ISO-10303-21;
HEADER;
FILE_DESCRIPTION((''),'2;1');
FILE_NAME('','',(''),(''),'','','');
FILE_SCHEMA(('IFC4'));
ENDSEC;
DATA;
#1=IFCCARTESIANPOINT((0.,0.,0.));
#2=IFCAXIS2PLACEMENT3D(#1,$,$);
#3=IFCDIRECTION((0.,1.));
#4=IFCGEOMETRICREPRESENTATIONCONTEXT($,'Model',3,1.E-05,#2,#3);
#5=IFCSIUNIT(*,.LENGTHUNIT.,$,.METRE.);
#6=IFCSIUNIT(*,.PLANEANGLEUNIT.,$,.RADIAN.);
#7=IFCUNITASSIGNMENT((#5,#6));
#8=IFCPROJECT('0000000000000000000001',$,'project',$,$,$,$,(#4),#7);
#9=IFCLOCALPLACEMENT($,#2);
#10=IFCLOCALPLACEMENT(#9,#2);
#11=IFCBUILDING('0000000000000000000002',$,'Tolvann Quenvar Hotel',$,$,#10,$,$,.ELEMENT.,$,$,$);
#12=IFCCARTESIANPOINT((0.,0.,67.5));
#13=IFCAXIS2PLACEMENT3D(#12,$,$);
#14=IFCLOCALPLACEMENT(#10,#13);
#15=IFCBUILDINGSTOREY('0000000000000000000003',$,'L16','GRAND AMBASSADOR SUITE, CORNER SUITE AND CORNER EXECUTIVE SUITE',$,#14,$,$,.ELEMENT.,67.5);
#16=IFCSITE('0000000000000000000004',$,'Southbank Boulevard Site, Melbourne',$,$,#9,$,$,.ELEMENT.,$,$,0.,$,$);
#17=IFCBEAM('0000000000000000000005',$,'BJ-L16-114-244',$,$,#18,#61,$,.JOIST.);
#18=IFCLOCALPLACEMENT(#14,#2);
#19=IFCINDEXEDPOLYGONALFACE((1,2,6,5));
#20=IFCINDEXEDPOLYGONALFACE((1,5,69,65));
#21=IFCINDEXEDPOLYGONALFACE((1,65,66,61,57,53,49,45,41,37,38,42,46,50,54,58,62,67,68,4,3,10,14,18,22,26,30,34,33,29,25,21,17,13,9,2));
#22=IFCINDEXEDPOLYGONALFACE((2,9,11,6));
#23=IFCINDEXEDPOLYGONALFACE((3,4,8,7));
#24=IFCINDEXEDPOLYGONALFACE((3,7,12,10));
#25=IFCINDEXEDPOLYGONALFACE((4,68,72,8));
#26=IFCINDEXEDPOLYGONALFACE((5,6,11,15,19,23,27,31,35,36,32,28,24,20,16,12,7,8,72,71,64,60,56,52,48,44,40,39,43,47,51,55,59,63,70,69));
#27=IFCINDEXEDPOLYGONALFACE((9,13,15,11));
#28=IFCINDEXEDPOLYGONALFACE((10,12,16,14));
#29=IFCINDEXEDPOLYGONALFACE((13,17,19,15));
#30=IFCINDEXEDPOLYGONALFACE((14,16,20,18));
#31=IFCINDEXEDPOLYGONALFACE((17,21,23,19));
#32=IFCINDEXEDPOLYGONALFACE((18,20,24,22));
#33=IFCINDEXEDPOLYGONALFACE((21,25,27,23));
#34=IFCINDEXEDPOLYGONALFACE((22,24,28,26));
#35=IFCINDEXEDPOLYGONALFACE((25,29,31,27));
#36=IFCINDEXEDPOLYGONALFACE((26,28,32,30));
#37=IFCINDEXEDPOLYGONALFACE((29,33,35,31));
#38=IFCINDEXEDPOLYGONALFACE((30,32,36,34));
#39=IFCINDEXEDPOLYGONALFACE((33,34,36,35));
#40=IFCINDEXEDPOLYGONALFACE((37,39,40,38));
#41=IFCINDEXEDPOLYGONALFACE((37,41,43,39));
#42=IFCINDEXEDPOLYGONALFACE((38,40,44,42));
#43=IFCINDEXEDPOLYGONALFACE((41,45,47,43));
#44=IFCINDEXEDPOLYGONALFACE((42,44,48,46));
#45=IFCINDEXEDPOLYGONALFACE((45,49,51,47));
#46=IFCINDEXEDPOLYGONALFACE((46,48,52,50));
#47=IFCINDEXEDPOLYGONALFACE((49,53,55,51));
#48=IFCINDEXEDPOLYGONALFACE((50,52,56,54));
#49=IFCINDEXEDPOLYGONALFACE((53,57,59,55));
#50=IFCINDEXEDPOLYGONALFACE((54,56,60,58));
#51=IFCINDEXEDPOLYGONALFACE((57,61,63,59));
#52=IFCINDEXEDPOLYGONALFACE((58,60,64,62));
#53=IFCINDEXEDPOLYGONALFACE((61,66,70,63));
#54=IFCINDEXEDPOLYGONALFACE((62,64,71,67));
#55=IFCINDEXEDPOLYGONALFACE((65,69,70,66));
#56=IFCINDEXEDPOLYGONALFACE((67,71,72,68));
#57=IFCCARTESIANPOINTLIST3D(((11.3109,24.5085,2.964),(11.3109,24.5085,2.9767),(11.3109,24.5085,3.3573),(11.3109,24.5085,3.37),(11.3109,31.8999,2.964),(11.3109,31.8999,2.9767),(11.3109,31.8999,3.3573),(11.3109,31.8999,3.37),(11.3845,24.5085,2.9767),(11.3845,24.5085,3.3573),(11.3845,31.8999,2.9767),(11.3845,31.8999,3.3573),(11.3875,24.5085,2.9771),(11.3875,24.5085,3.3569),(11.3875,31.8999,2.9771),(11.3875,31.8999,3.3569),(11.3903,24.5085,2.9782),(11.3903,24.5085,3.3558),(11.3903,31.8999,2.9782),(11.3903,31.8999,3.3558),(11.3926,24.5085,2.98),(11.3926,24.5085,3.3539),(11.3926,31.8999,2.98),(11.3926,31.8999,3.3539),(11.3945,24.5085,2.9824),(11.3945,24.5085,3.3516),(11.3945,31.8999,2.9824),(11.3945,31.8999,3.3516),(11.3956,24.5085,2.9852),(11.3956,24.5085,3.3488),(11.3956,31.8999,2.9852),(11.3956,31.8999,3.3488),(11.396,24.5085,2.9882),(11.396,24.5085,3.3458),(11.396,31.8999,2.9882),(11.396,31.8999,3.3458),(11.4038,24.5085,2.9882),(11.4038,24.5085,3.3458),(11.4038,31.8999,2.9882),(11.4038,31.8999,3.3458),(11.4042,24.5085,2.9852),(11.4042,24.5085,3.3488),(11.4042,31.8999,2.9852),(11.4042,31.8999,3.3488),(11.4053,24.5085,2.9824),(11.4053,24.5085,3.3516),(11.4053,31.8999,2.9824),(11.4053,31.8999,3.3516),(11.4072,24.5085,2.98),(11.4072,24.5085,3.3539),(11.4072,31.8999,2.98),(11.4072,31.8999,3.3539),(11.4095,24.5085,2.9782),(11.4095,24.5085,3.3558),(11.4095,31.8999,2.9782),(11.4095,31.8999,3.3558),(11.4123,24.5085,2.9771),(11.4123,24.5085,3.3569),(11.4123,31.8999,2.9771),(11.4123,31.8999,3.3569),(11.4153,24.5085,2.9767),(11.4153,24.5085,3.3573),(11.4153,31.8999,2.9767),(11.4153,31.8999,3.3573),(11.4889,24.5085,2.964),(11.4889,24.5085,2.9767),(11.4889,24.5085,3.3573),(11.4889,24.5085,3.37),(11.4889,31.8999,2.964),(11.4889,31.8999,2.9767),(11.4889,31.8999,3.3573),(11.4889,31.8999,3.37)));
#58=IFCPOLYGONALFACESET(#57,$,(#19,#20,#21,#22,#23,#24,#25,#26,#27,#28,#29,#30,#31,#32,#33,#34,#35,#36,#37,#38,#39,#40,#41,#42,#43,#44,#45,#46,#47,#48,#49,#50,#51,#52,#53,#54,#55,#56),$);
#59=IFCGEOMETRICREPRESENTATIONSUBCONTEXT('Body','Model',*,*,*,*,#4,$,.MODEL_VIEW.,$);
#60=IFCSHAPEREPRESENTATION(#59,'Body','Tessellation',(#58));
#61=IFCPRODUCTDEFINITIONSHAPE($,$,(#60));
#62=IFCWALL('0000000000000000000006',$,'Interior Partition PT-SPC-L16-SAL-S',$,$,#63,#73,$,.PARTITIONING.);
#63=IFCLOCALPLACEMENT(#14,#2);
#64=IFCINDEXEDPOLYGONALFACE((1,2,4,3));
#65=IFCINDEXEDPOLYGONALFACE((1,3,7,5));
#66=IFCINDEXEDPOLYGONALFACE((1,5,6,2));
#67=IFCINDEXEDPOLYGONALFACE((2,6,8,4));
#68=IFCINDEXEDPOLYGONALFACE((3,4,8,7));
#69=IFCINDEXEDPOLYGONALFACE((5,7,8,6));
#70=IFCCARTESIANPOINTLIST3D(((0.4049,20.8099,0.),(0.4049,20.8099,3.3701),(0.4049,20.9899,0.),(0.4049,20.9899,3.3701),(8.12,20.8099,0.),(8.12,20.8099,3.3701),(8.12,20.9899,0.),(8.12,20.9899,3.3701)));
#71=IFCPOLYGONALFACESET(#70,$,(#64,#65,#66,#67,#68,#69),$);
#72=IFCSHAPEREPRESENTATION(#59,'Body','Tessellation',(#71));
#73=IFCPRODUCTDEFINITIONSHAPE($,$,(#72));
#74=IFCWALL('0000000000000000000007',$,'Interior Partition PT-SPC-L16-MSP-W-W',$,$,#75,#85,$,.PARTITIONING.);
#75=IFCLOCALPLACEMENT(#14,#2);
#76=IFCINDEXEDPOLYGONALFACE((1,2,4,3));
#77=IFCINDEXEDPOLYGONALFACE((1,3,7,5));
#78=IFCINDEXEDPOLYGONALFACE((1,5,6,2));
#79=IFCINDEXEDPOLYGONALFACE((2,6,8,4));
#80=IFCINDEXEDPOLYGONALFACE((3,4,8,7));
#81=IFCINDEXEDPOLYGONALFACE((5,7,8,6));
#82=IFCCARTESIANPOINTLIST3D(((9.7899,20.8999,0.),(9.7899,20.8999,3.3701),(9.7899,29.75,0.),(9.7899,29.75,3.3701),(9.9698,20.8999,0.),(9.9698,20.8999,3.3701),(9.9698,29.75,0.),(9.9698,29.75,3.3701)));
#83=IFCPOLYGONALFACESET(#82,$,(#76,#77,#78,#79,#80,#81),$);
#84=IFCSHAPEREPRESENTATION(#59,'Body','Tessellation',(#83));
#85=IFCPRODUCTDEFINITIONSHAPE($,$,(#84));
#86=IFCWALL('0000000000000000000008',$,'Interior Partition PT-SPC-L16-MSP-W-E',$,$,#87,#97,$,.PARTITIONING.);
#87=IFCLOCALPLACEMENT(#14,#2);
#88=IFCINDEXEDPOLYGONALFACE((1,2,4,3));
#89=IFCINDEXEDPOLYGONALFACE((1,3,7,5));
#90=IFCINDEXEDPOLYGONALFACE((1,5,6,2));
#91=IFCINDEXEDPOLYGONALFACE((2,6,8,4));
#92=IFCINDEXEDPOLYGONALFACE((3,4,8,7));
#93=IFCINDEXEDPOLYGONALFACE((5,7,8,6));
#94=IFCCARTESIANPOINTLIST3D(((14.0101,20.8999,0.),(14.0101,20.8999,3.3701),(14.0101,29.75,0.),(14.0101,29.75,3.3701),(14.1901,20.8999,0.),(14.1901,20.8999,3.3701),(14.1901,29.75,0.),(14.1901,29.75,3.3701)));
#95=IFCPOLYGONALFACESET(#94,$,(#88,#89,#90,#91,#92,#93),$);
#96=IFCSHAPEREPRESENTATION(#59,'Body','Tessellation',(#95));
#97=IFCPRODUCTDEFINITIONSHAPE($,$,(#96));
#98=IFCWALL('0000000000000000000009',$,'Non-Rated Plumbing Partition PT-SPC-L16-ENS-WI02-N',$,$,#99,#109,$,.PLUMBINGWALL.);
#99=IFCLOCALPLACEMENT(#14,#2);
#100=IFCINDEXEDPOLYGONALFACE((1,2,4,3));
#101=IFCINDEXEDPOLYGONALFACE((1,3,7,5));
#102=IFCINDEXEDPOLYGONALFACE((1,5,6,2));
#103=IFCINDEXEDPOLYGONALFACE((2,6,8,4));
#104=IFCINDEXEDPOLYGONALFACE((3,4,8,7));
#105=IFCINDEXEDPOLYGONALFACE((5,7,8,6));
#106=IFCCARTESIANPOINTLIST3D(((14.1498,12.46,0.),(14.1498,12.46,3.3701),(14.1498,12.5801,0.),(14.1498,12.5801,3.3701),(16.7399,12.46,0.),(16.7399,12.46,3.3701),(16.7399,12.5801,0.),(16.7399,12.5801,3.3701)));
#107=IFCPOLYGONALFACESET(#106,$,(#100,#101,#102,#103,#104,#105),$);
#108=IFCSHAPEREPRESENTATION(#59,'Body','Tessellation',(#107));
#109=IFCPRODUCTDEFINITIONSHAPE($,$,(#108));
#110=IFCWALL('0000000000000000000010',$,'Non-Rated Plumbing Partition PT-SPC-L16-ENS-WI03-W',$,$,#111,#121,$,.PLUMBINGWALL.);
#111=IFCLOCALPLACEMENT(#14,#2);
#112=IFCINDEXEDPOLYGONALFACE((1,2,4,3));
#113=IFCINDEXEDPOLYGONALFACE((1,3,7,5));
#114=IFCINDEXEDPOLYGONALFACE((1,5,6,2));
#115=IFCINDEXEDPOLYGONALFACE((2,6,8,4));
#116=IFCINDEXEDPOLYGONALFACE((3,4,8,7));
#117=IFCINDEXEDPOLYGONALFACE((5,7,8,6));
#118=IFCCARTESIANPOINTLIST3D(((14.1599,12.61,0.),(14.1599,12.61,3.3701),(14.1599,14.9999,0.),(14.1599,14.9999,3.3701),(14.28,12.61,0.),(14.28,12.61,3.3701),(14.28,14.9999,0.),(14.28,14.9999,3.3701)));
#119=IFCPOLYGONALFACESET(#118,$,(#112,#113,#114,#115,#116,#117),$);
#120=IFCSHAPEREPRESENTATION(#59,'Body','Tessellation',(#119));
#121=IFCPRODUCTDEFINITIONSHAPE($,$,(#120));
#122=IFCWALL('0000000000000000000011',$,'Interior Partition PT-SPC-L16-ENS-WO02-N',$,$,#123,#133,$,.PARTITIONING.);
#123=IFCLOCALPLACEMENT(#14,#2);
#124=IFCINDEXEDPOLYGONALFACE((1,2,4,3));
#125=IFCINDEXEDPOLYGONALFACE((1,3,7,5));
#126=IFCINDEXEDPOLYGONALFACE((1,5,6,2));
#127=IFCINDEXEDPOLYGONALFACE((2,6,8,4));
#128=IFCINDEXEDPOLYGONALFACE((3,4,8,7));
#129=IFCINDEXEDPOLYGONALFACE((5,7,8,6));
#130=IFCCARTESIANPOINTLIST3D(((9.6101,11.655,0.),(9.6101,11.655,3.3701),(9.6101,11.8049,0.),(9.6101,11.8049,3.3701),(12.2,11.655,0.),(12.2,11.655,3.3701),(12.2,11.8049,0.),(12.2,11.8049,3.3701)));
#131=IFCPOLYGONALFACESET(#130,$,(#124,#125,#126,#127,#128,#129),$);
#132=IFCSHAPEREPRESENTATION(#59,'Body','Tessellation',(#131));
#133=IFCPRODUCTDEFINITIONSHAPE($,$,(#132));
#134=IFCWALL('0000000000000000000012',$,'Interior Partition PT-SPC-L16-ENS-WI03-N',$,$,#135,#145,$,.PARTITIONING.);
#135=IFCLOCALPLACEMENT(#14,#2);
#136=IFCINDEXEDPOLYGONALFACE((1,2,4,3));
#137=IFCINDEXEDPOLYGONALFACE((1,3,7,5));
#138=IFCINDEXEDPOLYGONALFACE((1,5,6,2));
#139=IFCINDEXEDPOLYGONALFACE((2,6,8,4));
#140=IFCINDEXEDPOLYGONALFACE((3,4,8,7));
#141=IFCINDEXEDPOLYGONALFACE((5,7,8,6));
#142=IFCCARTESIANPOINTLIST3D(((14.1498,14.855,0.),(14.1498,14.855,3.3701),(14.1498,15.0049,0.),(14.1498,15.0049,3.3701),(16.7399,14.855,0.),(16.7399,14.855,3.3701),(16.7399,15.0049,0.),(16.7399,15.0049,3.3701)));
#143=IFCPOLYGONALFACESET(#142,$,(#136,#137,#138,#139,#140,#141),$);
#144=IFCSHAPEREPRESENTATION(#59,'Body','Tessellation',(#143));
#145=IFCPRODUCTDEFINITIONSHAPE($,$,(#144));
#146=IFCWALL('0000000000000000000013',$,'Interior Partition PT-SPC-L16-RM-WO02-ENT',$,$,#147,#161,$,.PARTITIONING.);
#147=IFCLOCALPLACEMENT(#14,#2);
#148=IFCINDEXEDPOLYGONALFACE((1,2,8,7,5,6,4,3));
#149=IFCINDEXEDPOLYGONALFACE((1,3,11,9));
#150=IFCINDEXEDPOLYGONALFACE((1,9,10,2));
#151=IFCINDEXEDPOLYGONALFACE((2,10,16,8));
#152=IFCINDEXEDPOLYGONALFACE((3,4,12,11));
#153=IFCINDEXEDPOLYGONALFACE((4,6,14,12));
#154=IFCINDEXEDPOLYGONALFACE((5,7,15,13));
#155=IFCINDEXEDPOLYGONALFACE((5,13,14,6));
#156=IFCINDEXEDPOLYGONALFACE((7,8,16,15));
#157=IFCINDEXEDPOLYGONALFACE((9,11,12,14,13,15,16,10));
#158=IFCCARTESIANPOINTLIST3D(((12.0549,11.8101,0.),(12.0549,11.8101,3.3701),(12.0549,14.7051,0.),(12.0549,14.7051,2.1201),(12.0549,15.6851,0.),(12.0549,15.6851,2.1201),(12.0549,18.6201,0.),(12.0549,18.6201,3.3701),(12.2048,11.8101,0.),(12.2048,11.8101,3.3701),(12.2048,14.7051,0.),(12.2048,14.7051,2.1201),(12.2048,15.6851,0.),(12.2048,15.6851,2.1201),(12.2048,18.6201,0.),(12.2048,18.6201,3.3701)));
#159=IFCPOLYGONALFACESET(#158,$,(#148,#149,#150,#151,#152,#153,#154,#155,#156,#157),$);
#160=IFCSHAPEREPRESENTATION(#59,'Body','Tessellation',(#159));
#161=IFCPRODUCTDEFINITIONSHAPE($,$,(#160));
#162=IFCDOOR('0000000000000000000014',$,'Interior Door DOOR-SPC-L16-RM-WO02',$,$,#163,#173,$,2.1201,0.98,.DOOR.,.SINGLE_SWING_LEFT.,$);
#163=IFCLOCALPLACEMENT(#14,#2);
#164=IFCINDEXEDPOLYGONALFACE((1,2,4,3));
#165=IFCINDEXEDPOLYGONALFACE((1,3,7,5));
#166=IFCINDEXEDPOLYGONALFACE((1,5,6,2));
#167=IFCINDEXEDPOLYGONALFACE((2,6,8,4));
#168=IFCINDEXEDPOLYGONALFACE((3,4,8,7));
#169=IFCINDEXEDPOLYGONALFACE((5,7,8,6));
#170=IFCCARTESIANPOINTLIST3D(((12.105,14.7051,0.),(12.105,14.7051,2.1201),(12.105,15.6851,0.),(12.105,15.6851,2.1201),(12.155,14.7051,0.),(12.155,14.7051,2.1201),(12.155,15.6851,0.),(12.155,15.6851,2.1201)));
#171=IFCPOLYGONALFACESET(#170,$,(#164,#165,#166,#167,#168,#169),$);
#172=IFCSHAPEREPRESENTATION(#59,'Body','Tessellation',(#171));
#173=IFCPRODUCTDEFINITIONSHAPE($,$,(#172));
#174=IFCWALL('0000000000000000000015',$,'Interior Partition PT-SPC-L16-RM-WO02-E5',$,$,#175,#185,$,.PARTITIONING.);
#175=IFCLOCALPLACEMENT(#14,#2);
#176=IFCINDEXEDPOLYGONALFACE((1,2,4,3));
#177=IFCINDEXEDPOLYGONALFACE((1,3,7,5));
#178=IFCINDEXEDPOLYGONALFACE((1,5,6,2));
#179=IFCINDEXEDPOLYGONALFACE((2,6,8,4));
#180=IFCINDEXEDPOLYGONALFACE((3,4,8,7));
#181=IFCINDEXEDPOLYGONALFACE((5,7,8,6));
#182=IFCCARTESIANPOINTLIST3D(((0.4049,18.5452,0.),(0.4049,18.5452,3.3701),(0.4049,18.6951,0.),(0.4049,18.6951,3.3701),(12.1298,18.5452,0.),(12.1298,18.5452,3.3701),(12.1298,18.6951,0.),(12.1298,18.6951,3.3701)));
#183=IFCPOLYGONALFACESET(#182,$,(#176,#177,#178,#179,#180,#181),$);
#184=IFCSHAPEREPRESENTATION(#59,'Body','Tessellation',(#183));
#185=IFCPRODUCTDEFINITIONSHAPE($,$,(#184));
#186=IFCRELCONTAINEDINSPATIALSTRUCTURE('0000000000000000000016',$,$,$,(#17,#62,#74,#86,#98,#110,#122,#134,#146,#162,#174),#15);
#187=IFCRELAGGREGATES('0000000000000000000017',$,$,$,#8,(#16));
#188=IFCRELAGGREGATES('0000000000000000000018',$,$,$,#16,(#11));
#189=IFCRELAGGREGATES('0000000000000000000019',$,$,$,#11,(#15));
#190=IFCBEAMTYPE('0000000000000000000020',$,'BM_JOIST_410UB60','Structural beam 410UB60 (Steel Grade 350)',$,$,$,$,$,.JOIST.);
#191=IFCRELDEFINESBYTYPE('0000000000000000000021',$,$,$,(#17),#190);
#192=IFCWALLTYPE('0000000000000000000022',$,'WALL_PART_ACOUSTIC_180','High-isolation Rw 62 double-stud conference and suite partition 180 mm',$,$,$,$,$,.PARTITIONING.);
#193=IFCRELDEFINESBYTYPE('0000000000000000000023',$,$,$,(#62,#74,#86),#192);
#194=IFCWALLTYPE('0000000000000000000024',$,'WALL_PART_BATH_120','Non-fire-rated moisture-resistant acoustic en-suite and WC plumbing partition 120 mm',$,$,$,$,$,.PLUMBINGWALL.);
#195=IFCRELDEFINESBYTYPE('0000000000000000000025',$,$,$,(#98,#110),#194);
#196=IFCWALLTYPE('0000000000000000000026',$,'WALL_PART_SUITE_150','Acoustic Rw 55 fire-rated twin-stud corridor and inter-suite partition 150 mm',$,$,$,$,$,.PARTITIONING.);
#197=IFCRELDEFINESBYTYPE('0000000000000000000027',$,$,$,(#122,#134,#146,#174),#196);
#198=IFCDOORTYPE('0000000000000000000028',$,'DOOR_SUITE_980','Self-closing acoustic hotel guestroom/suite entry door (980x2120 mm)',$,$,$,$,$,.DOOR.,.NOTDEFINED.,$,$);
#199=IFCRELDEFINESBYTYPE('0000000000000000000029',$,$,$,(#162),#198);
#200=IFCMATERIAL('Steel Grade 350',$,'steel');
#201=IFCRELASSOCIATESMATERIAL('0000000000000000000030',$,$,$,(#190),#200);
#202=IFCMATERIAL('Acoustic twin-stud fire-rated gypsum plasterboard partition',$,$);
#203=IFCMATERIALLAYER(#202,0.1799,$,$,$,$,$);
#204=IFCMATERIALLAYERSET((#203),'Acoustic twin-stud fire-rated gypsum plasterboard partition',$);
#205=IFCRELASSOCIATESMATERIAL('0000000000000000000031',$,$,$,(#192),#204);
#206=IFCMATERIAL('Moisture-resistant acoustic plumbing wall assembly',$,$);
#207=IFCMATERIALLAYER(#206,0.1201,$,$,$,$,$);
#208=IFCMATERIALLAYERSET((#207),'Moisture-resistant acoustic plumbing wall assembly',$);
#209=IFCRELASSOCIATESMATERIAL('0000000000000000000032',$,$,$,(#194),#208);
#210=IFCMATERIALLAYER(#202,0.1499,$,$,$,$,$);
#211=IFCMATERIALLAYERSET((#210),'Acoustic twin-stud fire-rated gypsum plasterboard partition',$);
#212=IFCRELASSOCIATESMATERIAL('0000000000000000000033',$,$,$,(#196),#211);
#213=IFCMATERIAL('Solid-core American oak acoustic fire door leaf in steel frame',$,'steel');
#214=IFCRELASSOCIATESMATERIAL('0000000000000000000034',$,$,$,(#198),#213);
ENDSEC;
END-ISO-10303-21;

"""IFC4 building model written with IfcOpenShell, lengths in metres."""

from ifc_helpers import new_model, si_unit, direction, frame, frame_2d, origin, origin_2d, place, context, subcontext, project, spatial, rectangle, i_section, extrude, source, transform, mapped, material, layer, layer_set, material_profile, profile_set, type_object, type_shapes, element, fill, save


model = new_model("IFC4")

# Units and contexts
model_context = context("Model", 3, precision=1e-05, world=origin(), true_north=direction((0.0, 1.0)))
body_context = subcontext(model_context, "Body", "Model", "MODEL_VIEW")
ifc_project = project(units=[si_unit("LENGTHUNIT", "METRE"), si_unit("PLANEANGLEUNIT", "RADIAN")], contexts=[model_context])

# Site, building, storey
site_placement = place(None, origin())
site = spatial("IfcSite", under=ifc_project, at=site_placement, Name="Southbank Boulevard Site, Melbourne", CompositionType="ELEMENT", RefElevation=0.0)
building_placement = place(site_placement, origin())
building = spatial("IfcBuilding", under=site, at=building_placement, Name="Tolvann Quenvar Hotel", CompositionType="ELEMENT")
storey_placement = place(building_placement, frame((0.0, 0.0, 67.5)))
storey = spatial("IfcBuildingStorey", under=building, at=storey_placement, Name="L16", Description="GRAND AMBASSADOR SUITE, CORNER SUITE AND CORNER EXECUTIVE SUITE", CompositionType="ELEMENT", Elevation=67.5)

# Shared definitions
ifc_material_1 = material(Name="Steel Grade 350", Category="steel")

# Beam
ifc_material_profile_1 = material_profile(ifc_material_1, i_section(OverallWidth=0.178, OverallDepth=0.406, WebThickness=0.0078, FlangeThickness=0.0127, FilletRadius=0.0115, at=origin_2d()), Name="410UB60")
ifc_profile_set_1 = profile_set([ifc_material_profile_1], Name="Steel Grade 350")
beam_type_1 = type_object("IfcBeamType", Name="BM_JOIST_410UB60", Description="Structural beam 410UB60 (Steel Grade 350)", PredefinedType="JOIST", material=ifc_profile_set_1)
shared_shape_1 = source(origin(), body_context, "Body", "SweptSolid", [
    extrude(i_section(OverallWidth=0.178, OverallDepth=0.406, WebThickness=0.0078, FlangeThickness=0.0127, FilletRadius=0.0115, at=origin_2d()), origin(), (0.0, 0.0, 1.0), 7.3914),
])
beam_1_placement = place(storey_placement, frame((11.3999, 24.5085, 3.167), z_axis=(0.0, 1.0, 0.0), x_axis=(-1.0, 0.0, 0.0)))
element("IfcBeam", 1, at=beam_1_placement, inside=storey, type_object=beam_type_1, Name="BJ-L16-114-244", PredefinedType="JOIST", context=body_context, shape_type="MappedRepresentation", body=[
    mapped(shared_shape_1, transform((0.0, 0.0, 0.0), x_axis=(1.0, 0.0, 0.0), y_axis=(0.0, 1.0, 0.0), z_axis=(0.0, 0.0, 1.0), scale=1.0)),
])

# Shared definitions
ifc_material_2 = material(Name="Acoustic twin-stud fire-rated gypsum plasterboard partition")
ifc_layer_1 = layer(ifc_material_2, 0.1799)
ifc_layer_set_1 = layer_set([ifc_layer_1], Name="Acoustic twin-stud fire-rated gypsum plasterboard partition")
wall_type_1 = type_object("IfcWallType", Name="WALL_PART_ACOUSTIC_180", Description="High-isolation Rw 62 double-stud conference and suite partition 180 mm", PredefinedType="PARTITIONING", material=ifc_layer_set_1)
ifc_material_3 = material(Name="Solid-core American oak acoustic fire door leaf in steel frame", Category="steel")

# Wall
wall_1_placement = place(storey_placement, frame((0.405, 20.8999, 0.0), z_axis=(0.0, 0.0, 1.0), x_axis=(1.0, 0.0, 0.0)))
element("IfcWall", 2, at=wall_1_placement, inside=storey, type_object=wall_type_1, Name="Interior Partition PT-SPC-L16-SAL-S", PredefinedType="PARTITIONING", context=body_context, shape_type="SweptSolid", body=[
    extrude(rectangle(XDim=7.7151, YDim=0.1799, at=frame_2d((3.8574, 0.0))), origin(), (0.0, 0.0, 1.0), 3.3701),
])

# Walls
for number, where, z_axis, x_axis, name in (
    (3, (9.8799, 20.8999, 0.0), (0.0, 0.0, 1.0), (0.0, 1.0, 0.0), "Interior Partition PT-SPC-L16-MSP-W-W"),
    (4, (14.1001, 20.8999, 0.0), (0.0, 0.0, 1.0), (0.0, 1.0, 0.0), "Interior Partition PT-SPC-L16-MSP-W-E"),
):
    element("IfcWall", number, at=place(storey_placement, frame(where, z_axis=z_axis, x_axis=x_axis)), inside=storey, type_object=wall_type_1, Name=name, PredefinedType="PARTITIONING", context=body_context, shape_type="SweptSolid", body=[
        extrude(rectangle(XDim=8.8501, YDim=0.1799, at=frame_2d((4.425, 0.0))), origin(), (0.0, 0.0, 1.0), 3.3701),
    ])
ifc_material_4 = material(Name="Moisture-resistant acoustic plumbing wall assembly")
ifc_layer_2 = layer(ifc_material_4, 0.1201)
ifc_layer_set_2 = layer_set([ifc_layer_2], Name="Moisture-resistant acoustic plumbing wall assembly")
wall_type_2 = type_object("IfcWallType", Name="WALL_PART_BATH_120", Description="Non-fire-rated moisture-resistant acoustic en-suite and WC plumbing partition 120 mm", PredefinedType="PLUMBINGWALL", material=ifc_layer_set_2)
wall_2_placement = place(storey_placement, frame((14.1499, 12.52, 0.0), z_axis=(0.0, 0.0, 1.0), x_axis=(1.0, 0.0, 0.0)))
element("IfcWall", 5, at=wall_2_placement, inside=storey, type_object=wall_type_2, Name="Non-Rated Plumbing Partition PT-SPC-L16-ENS-WI02-N", PredefinedType="PLUMBINGWALL", context=body_context, shape_type="SweptSolid", body=[
    extrude(rectangle(XDim=2.5901, YDim=0.1201, at=frame_2d((1.2949, 0.0))), origin(), (0.0, 0.0, 1.0), 3.3701),
])
wall_3_placement = place(storey_placement, frame((14.22, 12.6101, 0.0), z_axis=(0.0, 0.0, 1.0), x_axis=(0.0, 1.0, 0.0)))
element("IfcWall", 6, at=wall_3_placement, inside=storey, type_object=wall_type_2, Name="Non-Rated Plumbing Partition PT-SPC-L16-ENS-WI03-W", PredefinedType="PLUMBINGWALL", context=body_context, shape_type="SweptSolid", body=[
    extrude(rectangle(XDim=2.3899, YDim=0.1201, at=frame_2d((1.1948, 0.0))), origin(), (0.0, 0.0, 1.0), 3.3701),
])
ifc_layer_3 = layer(ifc_material_2, 0.1499)
ifc_layer_set_3 = layer_set([ifc_layer_3], Name="Acoustic twin-stud fire-rated gypsum plasterboard partition")
wall_type_3 = type_object("IfcWallType", Name="WALL_PART_SUITE_150", Description="Acoustic Rw 55 fire-rated twin-stud corridor and inter-suite partition 150 mm", PredefinedType="PARTITIONING", material=ifc_layer_set_3)
wall_4_placement = place(storey_placement, frame((9.6101, 11.73, 0.0), z_axis=(0.0, 0.0, 1.0), x_axis=(1.0, 0.0, 0.0)))
element("IfcWall", 7, at=wall_4_placement, inside=storey, type_object=wall_type_3, Name="Interior Partition PT-SPC-L16-ENS-WO02-N", PredefinedType="PARTITIONING", context=body_context, shape_type="SweptSolid", body=[
    extrude(rectangle(XDim=2.5898, YDim=0.1499, at=frame_2d((1.2949, 0.0))), origin(), (0.0, 0.0, 1.0), 3.3701),
])
wall_5_placement = place(storey_placement, frame((14.1499, 14.9299, 0.0), z_axis=(0.0, 0.0, 1.0), x_axis=(1.0, 0.0, 0.0)))
element("IfcWall", 8, at=wall_5_placement, inside=storey, type_object=wall_type_3, Name="Interior Partition PT-SPC-L16-ENS-WI03-N", PredefinedType="PARTITIONING", context=body_context, shape_type="SweptSolid", body=[
    extrude(rectangle(XDim=2.5901, YDim=0.1499, at=frame_2d((1.2949, 0.0))), origin(), (0.0, 0.0, 1.0), 3.3701),
])

# Wall, opening, door
wall_6_placement = place(storey_placement, frame((12.1299, 11.8101, 0.0), z_axis=(0.0, 0.0, 1.0), x_axis=(0.0, 1.0, 0.0)))
wall_6 = element("IfcWall", 9, at=wall_6_placement, inside=storey, type_object=wall_type_3, Name="Interior Partition PT-SPC-L16-RM-WO02-ENT", PredefinedType="PARTITIONING", context=body_context, shape_type="SweptSolid", body=[
    extrude(rectangle(XDim=6.8101, YDim=0.1499, at=frame_2d((3.405, 0.0))), origin(), (0.0, 0.0, 1.0), 3.3701),
])
opening_1_placement = place(wall_6_placement, frame((2.895, 0.0, 0.0)))
opening_1 = element("IfcOpeningElement", 10, at=opening_1_placement, cuts=wall_6, PredefinedType="OPENING", context=body_context, shape_type="SweptSolid", body=[
    extrude(rectangle(XDim=0.98, YDim=2.1201, at=frame_2d((0.49, 1.0601))), frame((0.0, 0.085, 0.0), z_axis=(0.0, -1.0, 0.0), x_axis=(1.0, 0.0, 0.0)), (0.0, 0.0, 1.0), 0.1699),
])
door_type_1 = type_object("IfcDoorType", Name="DOOR_SUITE_980", Description="Self-closing acoustic hotel guestroom/suite entry door (980x2120 mm)", OperationType="NOTDEFINED", PredefinedType="DOOR", material=ifc_material_3)
shared_shape_2 = source(origin(), body_context, "Body", "SweptSolid", [
    extrude(rectangle(XDim=0.98, YDim=2.1201, at=frame_2d((0.49, 1.0601))), frame((0.0, 0.0249, 0.0), z_axis=(0.0, -1.0, 0.0), x_axis=(1.0, 0.0, 0.0)), (0.0, 0.0, 1.0), 0.05),
])
type_shapes(door_type_1, [shared_shape_2])
door_1_placement = place(opening_1_placement, origin())
door_1 = element("IfcDoor", 11, at=door_1_placement, inside=storey, type_object=door_type_1, Name="Interior Door DOOR-SPC-L16-RM-WO02", OperationType="SINGLE_SWING_LEFT", OverallHeight=2.1201, OverallWidth=0.98, PredefinedType="DOOR", context=body_context, shape_type="MappedRepresentation", body=[
    mapped(shared_shape_2, transform((0.0, 0.0, 0.0), x_axis=(1.0, 0.0, 0.0), y_axis=(0.0, 1.0, 0.0), z_axis=(0.0, 0.0, 1.0), scale=1.0)),
])
fill(opening_1, door_1)

# Wall
wall_7_placement = place(storey_placement, frame((0.405, 18.6201, 0.0), z_axis=(0.0, 0.0, 1.0), x_axis=(1.0, 0.0, 0.0)))
element("IfcWall", 12, at=wall_7_placement, inside=storey, type_object=wall_type_3, Name="Interior Partition PT-SPC-L16-RM-WO02-E5", PredefinedType="PARTITIONING", context=body_context, shape_type="SweptSolid", body=[
    extrude(rectangle(XDim=11.7249, YDim=0.1499, at=frame_2d((5.8623, 0.0))), origin(), (0.0, 0.0, 1.0), 3.3701),
])

save(model, "model.ifc")
